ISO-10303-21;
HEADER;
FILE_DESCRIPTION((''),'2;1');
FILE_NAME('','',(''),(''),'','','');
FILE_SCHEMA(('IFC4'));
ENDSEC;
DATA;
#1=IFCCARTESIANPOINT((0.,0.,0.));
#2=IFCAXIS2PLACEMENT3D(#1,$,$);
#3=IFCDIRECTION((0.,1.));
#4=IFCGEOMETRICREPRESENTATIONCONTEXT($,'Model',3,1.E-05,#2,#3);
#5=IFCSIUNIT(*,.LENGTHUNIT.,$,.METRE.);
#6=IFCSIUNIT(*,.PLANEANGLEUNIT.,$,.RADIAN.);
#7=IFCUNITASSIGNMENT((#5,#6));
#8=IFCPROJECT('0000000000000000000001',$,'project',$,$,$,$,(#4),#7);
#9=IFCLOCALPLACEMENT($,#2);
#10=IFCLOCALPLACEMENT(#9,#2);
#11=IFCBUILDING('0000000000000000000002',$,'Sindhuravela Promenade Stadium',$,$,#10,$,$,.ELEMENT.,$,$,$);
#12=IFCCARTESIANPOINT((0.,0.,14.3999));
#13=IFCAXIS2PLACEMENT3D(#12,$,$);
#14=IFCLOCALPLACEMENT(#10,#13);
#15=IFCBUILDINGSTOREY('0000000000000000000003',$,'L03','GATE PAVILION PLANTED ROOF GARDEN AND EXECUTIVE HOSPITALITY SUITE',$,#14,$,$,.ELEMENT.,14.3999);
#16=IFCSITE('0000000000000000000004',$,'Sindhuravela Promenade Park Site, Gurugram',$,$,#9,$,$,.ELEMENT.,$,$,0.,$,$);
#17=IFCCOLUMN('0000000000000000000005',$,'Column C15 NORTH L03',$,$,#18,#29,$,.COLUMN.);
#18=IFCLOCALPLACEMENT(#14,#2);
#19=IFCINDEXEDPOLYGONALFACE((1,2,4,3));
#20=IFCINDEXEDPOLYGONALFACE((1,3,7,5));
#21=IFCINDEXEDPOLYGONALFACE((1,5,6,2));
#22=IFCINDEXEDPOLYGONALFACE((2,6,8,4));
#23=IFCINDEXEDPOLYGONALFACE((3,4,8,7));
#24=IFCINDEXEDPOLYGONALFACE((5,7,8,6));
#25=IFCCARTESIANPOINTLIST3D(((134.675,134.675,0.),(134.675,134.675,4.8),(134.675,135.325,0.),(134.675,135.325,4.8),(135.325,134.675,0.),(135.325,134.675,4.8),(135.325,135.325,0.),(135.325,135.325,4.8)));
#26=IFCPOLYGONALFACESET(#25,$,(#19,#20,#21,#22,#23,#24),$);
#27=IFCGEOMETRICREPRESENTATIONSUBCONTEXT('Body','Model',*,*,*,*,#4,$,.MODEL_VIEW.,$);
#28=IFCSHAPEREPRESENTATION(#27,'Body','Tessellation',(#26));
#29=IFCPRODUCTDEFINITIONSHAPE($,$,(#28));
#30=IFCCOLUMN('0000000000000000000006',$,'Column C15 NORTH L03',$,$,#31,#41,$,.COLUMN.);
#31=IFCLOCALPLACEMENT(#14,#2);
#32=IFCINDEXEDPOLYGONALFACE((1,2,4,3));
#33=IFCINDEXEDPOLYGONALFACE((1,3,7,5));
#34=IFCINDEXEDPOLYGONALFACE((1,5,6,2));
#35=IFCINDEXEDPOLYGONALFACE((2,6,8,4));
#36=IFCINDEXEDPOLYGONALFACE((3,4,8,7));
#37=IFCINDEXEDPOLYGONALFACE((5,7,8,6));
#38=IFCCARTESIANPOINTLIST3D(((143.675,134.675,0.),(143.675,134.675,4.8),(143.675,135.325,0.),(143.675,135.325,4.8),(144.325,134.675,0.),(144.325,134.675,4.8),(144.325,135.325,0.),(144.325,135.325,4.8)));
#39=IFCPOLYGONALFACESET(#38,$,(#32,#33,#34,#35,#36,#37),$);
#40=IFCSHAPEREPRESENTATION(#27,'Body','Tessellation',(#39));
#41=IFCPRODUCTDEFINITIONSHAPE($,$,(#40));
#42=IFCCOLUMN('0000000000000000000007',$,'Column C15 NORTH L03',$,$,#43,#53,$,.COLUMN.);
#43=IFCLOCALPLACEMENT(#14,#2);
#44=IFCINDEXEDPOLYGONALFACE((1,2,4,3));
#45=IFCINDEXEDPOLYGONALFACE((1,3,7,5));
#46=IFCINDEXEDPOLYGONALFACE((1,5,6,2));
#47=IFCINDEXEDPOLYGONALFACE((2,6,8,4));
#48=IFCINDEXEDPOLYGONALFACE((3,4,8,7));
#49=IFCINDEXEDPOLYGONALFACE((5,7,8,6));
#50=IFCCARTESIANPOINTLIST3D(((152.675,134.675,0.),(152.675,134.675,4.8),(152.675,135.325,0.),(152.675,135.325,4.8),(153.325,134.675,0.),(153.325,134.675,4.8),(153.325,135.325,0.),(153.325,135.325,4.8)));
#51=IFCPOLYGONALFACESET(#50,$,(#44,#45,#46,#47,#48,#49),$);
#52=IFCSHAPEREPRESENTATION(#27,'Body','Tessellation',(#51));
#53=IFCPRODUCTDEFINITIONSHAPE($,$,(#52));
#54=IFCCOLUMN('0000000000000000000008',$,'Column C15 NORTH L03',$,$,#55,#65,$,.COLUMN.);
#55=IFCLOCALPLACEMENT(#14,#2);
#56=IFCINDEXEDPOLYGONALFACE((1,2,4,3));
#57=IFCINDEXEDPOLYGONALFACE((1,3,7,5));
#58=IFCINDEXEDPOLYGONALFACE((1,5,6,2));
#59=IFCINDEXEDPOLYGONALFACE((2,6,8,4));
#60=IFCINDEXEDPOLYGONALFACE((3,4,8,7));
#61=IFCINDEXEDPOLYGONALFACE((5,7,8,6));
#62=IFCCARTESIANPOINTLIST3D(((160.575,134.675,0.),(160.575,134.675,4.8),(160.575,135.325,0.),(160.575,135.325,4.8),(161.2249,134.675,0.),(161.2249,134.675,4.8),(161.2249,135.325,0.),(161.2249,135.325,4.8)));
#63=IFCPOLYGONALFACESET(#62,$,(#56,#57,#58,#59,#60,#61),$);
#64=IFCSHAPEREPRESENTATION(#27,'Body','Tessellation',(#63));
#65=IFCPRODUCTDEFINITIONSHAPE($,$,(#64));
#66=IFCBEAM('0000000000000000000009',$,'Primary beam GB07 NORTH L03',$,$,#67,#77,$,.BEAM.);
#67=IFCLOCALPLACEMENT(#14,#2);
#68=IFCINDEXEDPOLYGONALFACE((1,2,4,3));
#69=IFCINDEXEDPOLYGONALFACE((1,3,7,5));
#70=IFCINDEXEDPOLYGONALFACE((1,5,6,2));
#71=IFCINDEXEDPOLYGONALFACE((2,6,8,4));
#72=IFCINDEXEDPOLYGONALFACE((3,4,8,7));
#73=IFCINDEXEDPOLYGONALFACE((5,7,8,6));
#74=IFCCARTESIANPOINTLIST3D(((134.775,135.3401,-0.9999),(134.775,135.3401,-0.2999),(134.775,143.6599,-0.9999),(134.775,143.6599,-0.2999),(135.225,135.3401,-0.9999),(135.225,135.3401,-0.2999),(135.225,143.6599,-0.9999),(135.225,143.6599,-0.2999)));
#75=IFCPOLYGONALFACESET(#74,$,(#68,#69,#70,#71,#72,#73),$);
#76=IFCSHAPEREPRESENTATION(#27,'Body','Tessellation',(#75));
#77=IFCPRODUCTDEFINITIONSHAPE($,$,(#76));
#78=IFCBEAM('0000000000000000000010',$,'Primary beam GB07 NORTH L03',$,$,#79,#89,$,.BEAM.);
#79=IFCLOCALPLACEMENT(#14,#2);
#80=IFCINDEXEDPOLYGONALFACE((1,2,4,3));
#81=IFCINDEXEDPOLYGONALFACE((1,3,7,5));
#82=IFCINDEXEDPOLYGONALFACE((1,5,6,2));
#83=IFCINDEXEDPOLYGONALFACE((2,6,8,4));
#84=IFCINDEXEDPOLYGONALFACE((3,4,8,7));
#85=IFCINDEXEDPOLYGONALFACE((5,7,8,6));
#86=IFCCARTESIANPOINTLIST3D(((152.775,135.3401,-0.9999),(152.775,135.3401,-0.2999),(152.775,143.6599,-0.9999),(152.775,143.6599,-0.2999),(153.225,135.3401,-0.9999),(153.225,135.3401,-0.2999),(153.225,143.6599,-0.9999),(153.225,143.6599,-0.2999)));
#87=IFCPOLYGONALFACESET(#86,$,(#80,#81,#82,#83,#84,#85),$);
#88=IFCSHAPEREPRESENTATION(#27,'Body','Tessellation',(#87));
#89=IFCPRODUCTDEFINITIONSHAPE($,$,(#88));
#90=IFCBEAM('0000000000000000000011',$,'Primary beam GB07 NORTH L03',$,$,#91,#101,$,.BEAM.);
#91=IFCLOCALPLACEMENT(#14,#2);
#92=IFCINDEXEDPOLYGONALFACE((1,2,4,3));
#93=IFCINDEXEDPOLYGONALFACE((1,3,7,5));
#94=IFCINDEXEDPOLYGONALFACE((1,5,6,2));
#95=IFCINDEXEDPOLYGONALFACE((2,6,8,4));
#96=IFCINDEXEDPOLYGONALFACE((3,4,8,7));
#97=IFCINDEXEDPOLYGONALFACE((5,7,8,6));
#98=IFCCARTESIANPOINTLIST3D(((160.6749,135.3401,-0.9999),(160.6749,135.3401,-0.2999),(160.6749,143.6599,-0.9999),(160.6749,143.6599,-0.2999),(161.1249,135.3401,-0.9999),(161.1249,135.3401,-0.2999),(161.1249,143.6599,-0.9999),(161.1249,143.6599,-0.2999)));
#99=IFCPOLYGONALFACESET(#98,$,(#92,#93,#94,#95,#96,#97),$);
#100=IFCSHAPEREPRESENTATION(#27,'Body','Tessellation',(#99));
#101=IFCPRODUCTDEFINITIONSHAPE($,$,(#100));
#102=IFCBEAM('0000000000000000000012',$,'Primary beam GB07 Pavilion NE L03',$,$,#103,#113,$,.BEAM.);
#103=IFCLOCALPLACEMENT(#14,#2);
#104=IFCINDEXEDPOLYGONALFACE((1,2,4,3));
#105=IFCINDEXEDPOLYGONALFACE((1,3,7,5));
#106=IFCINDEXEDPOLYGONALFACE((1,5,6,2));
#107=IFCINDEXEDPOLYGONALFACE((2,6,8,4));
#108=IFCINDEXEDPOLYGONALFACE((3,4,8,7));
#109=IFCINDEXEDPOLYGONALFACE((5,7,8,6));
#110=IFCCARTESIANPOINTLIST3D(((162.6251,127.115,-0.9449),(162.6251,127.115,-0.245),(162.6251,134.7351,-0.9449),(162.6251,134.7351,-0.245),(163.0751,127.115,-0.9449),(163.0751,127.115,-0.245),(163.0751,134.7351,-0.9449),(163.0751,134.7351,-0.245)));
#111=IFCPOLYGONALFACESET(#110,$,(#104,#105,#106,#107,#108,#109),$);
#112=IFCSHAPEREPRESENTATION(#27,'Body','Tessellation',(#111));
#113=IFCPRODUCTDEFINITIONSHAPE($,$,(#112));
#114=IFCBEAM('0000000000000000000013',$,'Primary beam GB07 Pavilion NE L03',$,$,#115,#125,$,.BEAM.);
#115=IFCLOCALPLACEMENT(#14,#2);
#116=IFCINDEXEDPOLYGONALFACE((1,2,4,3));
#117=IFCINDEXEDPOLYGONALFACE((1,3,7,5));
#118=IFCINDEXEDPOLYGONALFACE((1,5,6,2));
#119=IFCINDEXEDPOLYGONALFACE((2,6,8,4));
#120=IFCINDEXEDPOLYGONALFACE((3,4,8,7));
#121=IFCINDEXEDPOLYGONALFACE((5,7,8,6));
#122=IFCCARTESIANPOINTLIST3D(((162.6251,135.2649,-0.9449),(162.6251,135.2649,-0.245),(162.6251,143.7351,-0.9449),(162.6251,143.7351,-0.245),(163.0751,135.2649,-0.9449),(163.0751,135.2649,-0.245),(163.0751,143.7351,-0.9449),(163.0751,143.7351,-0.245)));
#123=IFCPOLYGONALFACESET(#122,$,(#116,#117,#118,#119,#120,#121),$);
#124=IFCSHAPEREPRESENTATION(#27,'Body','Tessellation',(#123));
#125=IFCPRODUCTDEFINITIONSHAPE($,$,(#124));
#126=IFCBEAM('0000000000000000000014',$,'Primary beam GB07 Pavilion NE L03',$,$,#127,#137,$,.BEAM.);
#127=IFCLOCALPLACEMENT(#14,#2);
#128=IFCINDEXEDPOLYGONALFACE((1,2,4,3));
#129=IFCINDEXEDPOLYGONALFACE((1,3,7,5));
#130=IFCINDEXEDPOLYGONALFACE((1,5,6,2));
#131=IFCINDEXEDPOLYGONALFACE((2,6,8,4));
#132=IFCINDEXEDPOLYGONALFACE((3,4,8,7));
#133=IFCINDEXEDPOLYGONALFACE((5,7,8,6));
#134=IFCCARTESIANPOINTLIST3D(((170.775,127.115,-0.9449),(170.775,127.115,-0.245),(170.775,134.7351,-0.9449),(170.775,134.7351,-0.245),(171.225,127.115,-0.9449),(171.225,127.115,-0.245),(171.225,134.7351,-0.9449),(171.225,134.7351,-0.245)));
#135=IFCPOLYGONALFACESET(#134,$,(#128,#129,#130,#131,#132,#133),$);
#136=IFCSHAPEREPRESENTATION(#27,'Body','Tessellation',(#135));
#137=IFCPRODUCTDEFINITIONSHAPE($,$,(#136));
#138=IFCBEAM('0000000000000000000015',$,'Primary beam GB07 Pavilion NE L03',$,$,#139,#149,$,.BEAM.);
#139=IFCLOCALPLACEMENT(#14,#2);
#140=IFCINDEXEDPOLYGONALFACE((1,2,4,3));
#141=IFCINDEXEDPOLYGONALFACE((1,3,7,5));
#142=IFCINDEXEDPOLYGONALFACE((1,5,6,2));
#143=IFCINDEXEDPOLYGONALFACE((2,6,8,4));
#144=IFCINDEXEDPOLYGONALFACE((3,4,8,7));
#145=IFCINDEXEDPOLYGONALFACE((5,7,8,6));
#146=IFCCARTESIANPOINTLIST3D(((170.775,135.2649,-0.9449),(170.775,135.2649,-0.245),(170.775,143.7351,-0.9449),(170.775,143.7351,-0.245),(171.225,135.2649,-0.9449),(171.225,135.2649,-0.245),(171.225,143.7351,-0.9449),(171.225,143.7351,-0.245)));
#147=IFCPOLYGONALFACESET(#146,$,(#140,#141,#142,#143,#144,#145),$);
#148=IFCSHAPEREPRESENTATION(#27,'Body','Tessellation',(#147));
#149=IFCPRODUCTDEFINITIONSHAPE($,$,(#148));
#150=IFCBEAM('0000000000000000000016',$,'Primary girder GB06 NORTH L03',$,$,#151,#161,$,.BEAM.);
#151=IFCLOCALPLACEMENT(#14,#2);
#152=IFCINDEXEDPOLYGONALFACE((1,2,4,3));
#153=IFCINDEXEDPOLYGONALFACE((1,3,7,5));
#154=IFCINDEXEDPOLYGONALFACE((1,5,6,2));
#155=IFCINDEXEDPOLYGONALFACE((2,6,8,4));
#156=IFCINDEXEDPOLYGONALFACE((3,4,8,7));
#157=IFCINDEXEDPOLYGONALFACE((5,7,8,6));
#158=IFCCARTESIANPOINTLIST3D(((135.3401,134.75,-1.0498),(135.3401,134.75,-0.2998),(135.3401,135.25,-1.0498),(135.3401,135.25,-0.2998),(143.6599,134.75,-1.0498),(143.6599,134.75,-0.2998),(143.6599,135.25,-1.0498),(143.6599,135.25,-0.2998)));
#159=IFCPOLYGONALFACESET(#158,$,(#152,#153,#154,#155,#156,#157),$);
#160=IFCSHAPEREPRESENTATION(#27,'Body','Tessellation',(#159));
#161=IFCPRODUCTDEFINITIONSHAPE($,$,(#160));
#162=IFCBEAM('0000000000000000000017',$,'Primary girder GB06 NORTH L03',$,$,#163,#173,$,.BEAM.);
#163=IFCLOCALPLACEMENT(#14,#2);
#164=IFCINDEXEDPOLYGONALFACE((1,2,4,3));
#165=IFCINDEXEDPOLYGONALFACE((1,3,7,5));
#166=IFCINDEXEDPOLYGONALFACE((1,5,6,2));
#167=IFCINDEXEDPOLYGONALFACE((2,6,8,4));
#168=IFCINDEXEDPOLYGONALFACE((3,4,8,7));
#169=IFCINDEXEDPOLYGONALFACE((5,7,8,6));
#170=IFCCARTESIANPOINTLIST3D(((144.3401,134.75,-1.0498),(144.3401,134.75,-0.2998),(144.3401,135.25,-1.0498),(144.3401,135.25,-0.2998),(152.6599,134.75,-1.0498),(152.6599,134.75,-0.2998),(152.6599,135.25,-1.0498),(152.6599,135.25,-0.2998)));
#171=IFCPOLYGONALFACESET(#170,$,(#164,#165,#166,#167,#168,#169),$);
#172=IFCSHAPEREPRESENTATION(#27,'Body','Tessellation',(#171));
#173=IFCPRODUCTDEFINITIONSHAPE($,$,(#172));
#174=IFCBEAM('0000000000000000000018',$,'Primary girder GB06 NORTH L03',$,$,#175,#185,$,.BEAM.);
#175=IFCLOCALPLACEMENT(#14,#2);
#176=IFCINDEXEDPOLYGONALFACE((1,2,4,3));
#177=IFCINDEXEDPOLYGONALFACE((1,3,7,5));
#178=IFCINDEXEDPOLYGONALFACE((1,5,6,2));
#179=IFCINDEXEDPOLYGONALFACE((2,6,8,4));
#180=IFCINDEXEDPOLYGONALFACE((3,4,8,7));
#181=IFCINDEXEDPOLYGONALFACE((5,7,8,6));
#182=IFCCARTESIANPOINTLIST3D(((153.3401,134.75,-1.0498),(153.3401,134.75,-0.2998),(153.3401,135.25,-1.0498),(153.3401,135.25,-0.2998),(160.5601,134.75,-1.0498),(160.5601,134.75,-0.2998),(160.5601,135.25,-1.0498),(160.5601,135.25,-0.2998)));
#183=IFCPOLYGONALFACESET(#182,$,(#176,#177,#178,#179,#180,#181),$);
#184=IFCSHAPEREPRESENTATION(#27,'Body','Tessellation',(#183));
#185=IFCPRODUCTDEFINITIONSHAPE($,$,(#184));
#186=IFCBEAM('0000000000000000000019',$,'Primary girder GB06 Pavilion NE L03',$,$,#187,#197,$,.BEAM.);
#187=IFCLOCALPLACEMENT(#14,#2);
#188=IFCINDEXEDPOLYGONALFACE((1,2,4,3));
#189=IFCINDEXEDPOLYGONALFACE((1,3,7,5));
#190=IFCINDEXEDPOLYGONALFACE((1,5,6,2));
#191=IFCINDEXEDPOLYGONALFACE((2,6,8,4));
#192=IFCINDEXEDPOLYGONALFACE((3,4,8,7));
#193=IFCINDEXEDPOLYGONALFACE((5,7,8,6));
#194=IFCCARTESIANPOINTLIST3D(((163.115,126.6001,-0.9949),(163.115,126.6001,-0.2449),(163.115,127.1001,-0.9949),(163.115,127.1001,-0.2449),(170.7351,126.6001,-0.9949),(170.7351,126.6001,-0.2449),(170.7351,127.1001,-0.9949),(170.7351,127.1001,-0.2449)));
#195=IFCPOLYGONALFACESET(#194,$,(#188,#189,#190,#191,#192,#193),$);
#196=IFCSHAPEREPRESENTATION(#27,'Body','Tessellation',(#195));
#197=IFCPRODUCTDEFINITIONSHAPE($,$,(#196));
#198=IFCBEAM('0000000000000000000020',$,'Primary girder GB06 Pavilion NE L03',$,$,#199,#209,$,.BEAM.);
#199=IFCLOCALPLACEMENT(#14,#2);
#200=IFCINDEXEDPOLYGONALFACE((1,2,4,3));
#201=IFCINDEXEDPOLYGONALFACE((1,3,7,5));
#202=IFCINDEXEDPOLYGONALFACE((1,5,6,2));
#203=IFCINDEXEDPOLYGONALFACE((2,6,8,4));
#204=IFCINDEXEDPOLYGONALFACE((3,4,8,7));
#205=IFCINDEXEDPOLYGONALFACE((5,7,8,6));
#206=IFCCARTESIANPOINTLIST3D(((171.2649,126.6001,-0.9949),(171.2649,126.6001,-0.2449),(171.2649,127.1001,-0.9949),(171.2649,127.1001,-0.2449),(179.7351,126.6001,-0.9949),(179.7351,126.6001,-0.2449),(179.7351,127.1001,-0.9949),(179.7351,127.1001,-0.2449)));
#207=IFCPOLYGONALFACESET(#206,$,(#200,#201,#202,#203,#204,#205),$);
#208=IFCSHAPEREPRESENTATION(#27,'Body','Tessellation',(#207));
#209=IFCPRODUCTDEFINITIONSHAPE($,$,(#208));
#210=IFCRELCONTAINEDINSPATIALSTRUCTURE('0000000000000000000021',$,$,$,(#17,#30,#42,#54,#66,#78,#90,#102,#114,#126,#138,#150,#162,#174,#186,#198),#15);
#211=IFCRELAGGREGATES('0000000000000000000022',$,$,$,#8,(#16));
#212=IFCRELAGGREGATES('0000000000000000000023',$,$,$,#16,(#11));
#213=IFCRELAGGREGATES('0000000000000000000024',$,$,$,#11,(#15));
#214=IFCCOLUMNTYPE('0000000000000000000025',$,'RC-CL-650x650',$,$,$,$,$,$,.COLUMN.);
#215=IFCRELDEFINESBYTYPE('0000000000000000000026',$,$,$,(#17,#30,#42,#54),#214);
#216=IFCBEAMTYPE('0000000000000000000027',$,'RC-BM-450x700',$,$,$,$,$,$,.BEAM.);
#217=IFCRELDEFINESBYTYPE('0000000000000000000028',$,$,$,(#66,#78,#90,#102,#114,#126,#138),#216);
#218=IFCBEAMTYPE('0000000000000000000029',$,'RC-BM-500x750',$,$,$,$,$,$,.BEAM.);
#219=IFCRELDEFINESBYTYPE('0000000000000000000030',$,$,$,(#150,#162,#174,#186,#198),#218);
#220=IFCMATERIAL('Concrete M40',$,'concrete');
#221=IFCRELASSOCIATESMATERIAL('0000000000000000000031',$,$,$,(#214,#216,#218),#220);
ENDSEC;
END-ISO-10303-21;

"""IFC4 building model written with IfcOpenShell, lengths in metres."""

from ifc_helpers import new_model, si_unit, direction, frame, origin, origin_2d, place, context, subcontext, project, spatial, rectangle, extrude, material, material_profile, profile_set, type_object, element, save


model = new_model("IFC4")

# Units and contexts
model_context = context("Model", 3, precision=1e-05, world=origin(), true_north=direction((0.0, 1.0)))
body_context = subcontext(model_context, "Body", "Model", "MODEL_VIEW")
ifc_project = project(units=[si_unit("LENGTHUNIT", "METRE"), si_unit("PLANEANGLEUNIT", "RADIAN")], contexts=[model_context])

# Site, building, storey
site_placement = place(None, origin())
site = spatial("IfcSite", under=ifc_project, at=site_placement, Name="Sindhuravela Promenade Park Site, Gurugram", CompositionType="ELEMENT", RefElevation=0.0)
building_placement = place(site_placement, origin())
building = spatial("IfcBuilding", under=site, at=building_placement, Name="Sindhuravela Promenade Stadium", CompositionType="ELEMENT")
storey_placement = place(building_placement, frame((0.0, 0.0, 14.3999)))
storey = spatial("IfcBuildingStorey", under=building, at=storey_placement, Name="L03", Description="GATE PAVILION PLANTED ROOF GARDEN AND EXECUTIVE HOSPITALITY SUITE", CompositionType="ELEMENT", Elevation=14.3999)

# Columns
ifc_material_1 = material(Name="Concrete M40", Category="concrete")
ifc_material_profile_1 = material_profile(ifc_material_1, rectangle(XDim=0.6499, YDim=0.6499, at=origin_2d()), Name="RC 650x650")
ifc_profile_set_1 = profile_set([ifc_material_profile_1], Name="Concrete M40")
column_type = type_object("IfcColumnType", Name="RC-CL-650x650", PredefinedType="COLUMN", material=ifc_profile_set_1)
for number, where, z_axis, x_axis, name in (
    (1, (135.0, 135.0, 0.0), (0.0, 0.0, 1.0), (1.0, 0.0, 0.0), "Column C15 NORTH L03"),
    (2, (144.0, 135.0, 0.0), (0.0, 0.0, 1.0), (1.0, 0.0, 0.0), "Column C15 NORTH L03"),
    (3, (153.0, 135.0, 0.0), (0.0, 0.0, 1.0), (1.0, 0.0, 0.0), "Column C15 NORTH L03"),
    (4, (160.8999, 135.0, 0.0), (0.0, 0.0, 1.0), (1.0, 0.0, 0.0), "Column C15 NORTH L03"),
):
    element("IfcColumn", number, at=place(storey_placement, frame(where, z_axis=z_axis, x_axis=x_axis)), inside=storey, type_object=column_type, Name=name, PredefinedType="COLUMN", context=body_context, shape_type="SweptSolid", body=[
        extrude(rectangle(XDim=0.6499, YDim=0.6499, at=origin_2d()), origin(), (0.0, 0.0, 1.0), 4.8),
    ])

# Beams
ifc_material_profile_2 = material_profile(ifc_material_1, rectangle(XDim=0.45, YDim=0.7, at=origin_2d()), Name="RC 450x700")
ifc_profile_set_2 = profile_set([ifc_material_profile_2], Name="Concrete M40")
beam_type_1 = type_object("IfcBeamType", Name="RC-BM-450x700", PredefinedType="BEAM", material=ifc_profile_set_2)
for number, where, z_axis, x_axis, name in (
    (5, (135.0, 135.3401, -0.6499), (0.0, 1.0, 0.0), (-1.0, 0.0, 0.0), "Primary beam GB07 NORTH L03"),
    (6, (153.0, 135.3401, -0.6499), (0.0, 1.0, 0.0), (-1.0, 0.0, 0.0), "Primary beam GB07 NORTH L03"),
    (7, (160.8999, 135.3401, -0.6499), (0.0, 1.0, 0.0), (-1.0, 0.0, 0.0), "Primary beam GB07 NORTH L03"),
):
    element("IfcBeam", number, at=place(storey_placement, frame(where, z_axis=z_axis, x_axis=x_axis)), inside=storey, type_object=beam_type_1, Name=name, PredefinedType="BEAM", context=body_context, shape_type="SweptSolid", body=[
        extrude(rectangle(XDim=0.45, YDim=0.7, at=origin_2d()), origin(), (0.0, 0.0, 1.0), 8.3198),
    ])
beam_1_placement = place(storey_placement, frame((162.8501, 127.115, -0.595), z_axis=(0.0, 1.0, 0.0), x_axis=(-1.0, 0.0, 0.0)))
element("IfcBeam", 8, at=beam_1_placement, inside=storey, type_object=beam_type_1, Name="Primary beam GB07 Pavilion NE L03", PredefinedType="BEAM", context=body_context, shape_type="SweptSolid", body=[
    extrude(rectangle(XDim=0.45, YDim=0.7, at=origin_2d()), origin(), (0.0, 0.0, 1.0), 7.6201),
])
beam_2_placement = place(storey_placement, frame((162.8501, 135.2649, -0.595), z_axis=(0.0, 1.0, 0.0), x_axis=(-1.0, 0.0, 0.0)))
element("IfcBeam", 9, at=beam_2_placement, inside=storey, type_object=beam_type_1, Name="Primary beam GB07 Pavilion NE L03", PredefinedType="BEAM", context=body_context, shape_type="SweptSolid", body=[
    extrude(rectangle(XDim=0.45, YDim=0.7, at=origin_2d()), origin(), (0.0, 0.0, 1.0), 8.4702),
])
beam_3_placement = place(storey_placement, frame((171.0, 127.115, -0.595), z_axis=(0.0, 1.0, 0.0), x_axis=(-1.0, 0.0, 0.0)))
element("IfcBeam", 10, at=beam_3_placement, inside=storey, type_object=beam_type_1, Name="Primary beam GB07 Pavilion NE L03", PredefinedType="BEAM", context=body_context, shape_type="SweptSolid", body=[
    extrude(rectangle(XDim=0.45, YDim=0.7, at=origin_2d()), origin(), (0.0, 0.0, 1.0), 7.6201),
])
beam_4_placement = place(storey_placement, frame((171.0, 135.2649, -0.595), z_axis=(0.0, 1.0, 0.0), x_axis=(-1.0, 0.0, 0.0)))
element("IfcBeam", 11, at=beam_4_placement, inside=storey, type_object=beam_type_1, Name="Primary beam GB07 Pavilion NE L03", PredefinedType="BEAM", context=body_context, shape_type="SweptSolid", body=[
    extrude(rectangle(XDim=0.45, YDim=0.7, at=origin_2d()), origin(), (0.0, 0.0, 1.0), 8.4702),
])
ifc_material_profile_3 = material_profile(ifc_material_1, rectangle(XDim=0.5, YDim=0.75, at=origin_2d()), Name="RC 500x750")
ifc_profile_set_3 = profile_set([ifc_material_profile_3], Name="Concrete M40")
beam_type_2 = type_object("IfcBeamType", Name="RC-BM-500x750", PredefinedType="BEAM", material=ifc_profile_set_3)
for number, where, z_axis, x_axis, name in (
    (12, (135.3401, 135.0, -0.6748), (1.0, 0.0, 0.0), (0.0, 1.0, 0.0), "Primary girder GB06 NORTH L03"),
    (13, (144.3401, 135.0, -0.6748), (1.0, 0.0, 0.0), (0.0, 1.0, 0.0), "Primary girder GB06 NORTH L03"),
):
    element("IfcBeam", number, at=place(storey_placement, frame(where, z_axis=z_axis, x_axis=x_axis)), inside=storey, type_object=beam_type_2, Name=name, PredefinedType="BEAM", context=body_context, shape_type="SweptSolid", body=[
        extrude(rectangle(XDim=0.5, YDim=0.75, at=origin_2d()), origin(), (0.0, 0.0, 1.0), 8.3198),
    ])
beam_5_placement = place(storey_placement, frame((153.3401, 135.0, -0.6748), z_axis=(1.0, 0.0, 0.0), x_axis=(0.0, 1.0, 0.0)))
element("IfcBeam", 14, at=beam_5_placement, inside=storey, type_object=beam_type_2, Name="Primary girder GB06 NORTH L03", PredefinedType="BEAM", context=body_context, shape_type="SweptSolid", body=[
    extrude(rectangle(XDim=0.5, YDim=0.75, at=origin_2d()), origin(), (0.0, 0.0, 1.0), 7.22),
])
beam_6_placement = place(storey_placement, frame((163.115, 126.8501, -0.6199), z_axis=(1.0, 0.0, 0.0), x_axis=(0.0, 1.0, 0.0)))
element("IfcBeam", 15, at=beam_6_placement, inside=storey, type_object=beam_type_2, Name="Primary girder GB06 Pavilion NE L03", PredefinedType="BEAM", context=body_context, shape_type="SweptSolid", body=[
    extrude(rectangle(XDim=0.5, YDim=0.75, at=origin_2d()), origin(), (0.0, 0.0, 1.0), 7.6201),
])
beam_7_placement = place(storey_placement, frame((171.2649, 126.8501, -0.6199), z_axis=(1.0, 0.0, 0.0), x_axis=(0.0, 1.0, 0.0)))
element("IfcBeam", 16, at=beam_7_placement, inside=storey, type_object=beam_type_2, Name="Primary girder GB06 Pavilion NE L03", PredefinedType="BEAM", context=body_context, shape_type="SweptSolid", body=[
    extrude(rectangle(XDim=0.5, YDim=0.75, at=origin_2d()), origin(), (0.0, 0.0, 1.0), 8.4702),
])

save(model, "model.ifc")
